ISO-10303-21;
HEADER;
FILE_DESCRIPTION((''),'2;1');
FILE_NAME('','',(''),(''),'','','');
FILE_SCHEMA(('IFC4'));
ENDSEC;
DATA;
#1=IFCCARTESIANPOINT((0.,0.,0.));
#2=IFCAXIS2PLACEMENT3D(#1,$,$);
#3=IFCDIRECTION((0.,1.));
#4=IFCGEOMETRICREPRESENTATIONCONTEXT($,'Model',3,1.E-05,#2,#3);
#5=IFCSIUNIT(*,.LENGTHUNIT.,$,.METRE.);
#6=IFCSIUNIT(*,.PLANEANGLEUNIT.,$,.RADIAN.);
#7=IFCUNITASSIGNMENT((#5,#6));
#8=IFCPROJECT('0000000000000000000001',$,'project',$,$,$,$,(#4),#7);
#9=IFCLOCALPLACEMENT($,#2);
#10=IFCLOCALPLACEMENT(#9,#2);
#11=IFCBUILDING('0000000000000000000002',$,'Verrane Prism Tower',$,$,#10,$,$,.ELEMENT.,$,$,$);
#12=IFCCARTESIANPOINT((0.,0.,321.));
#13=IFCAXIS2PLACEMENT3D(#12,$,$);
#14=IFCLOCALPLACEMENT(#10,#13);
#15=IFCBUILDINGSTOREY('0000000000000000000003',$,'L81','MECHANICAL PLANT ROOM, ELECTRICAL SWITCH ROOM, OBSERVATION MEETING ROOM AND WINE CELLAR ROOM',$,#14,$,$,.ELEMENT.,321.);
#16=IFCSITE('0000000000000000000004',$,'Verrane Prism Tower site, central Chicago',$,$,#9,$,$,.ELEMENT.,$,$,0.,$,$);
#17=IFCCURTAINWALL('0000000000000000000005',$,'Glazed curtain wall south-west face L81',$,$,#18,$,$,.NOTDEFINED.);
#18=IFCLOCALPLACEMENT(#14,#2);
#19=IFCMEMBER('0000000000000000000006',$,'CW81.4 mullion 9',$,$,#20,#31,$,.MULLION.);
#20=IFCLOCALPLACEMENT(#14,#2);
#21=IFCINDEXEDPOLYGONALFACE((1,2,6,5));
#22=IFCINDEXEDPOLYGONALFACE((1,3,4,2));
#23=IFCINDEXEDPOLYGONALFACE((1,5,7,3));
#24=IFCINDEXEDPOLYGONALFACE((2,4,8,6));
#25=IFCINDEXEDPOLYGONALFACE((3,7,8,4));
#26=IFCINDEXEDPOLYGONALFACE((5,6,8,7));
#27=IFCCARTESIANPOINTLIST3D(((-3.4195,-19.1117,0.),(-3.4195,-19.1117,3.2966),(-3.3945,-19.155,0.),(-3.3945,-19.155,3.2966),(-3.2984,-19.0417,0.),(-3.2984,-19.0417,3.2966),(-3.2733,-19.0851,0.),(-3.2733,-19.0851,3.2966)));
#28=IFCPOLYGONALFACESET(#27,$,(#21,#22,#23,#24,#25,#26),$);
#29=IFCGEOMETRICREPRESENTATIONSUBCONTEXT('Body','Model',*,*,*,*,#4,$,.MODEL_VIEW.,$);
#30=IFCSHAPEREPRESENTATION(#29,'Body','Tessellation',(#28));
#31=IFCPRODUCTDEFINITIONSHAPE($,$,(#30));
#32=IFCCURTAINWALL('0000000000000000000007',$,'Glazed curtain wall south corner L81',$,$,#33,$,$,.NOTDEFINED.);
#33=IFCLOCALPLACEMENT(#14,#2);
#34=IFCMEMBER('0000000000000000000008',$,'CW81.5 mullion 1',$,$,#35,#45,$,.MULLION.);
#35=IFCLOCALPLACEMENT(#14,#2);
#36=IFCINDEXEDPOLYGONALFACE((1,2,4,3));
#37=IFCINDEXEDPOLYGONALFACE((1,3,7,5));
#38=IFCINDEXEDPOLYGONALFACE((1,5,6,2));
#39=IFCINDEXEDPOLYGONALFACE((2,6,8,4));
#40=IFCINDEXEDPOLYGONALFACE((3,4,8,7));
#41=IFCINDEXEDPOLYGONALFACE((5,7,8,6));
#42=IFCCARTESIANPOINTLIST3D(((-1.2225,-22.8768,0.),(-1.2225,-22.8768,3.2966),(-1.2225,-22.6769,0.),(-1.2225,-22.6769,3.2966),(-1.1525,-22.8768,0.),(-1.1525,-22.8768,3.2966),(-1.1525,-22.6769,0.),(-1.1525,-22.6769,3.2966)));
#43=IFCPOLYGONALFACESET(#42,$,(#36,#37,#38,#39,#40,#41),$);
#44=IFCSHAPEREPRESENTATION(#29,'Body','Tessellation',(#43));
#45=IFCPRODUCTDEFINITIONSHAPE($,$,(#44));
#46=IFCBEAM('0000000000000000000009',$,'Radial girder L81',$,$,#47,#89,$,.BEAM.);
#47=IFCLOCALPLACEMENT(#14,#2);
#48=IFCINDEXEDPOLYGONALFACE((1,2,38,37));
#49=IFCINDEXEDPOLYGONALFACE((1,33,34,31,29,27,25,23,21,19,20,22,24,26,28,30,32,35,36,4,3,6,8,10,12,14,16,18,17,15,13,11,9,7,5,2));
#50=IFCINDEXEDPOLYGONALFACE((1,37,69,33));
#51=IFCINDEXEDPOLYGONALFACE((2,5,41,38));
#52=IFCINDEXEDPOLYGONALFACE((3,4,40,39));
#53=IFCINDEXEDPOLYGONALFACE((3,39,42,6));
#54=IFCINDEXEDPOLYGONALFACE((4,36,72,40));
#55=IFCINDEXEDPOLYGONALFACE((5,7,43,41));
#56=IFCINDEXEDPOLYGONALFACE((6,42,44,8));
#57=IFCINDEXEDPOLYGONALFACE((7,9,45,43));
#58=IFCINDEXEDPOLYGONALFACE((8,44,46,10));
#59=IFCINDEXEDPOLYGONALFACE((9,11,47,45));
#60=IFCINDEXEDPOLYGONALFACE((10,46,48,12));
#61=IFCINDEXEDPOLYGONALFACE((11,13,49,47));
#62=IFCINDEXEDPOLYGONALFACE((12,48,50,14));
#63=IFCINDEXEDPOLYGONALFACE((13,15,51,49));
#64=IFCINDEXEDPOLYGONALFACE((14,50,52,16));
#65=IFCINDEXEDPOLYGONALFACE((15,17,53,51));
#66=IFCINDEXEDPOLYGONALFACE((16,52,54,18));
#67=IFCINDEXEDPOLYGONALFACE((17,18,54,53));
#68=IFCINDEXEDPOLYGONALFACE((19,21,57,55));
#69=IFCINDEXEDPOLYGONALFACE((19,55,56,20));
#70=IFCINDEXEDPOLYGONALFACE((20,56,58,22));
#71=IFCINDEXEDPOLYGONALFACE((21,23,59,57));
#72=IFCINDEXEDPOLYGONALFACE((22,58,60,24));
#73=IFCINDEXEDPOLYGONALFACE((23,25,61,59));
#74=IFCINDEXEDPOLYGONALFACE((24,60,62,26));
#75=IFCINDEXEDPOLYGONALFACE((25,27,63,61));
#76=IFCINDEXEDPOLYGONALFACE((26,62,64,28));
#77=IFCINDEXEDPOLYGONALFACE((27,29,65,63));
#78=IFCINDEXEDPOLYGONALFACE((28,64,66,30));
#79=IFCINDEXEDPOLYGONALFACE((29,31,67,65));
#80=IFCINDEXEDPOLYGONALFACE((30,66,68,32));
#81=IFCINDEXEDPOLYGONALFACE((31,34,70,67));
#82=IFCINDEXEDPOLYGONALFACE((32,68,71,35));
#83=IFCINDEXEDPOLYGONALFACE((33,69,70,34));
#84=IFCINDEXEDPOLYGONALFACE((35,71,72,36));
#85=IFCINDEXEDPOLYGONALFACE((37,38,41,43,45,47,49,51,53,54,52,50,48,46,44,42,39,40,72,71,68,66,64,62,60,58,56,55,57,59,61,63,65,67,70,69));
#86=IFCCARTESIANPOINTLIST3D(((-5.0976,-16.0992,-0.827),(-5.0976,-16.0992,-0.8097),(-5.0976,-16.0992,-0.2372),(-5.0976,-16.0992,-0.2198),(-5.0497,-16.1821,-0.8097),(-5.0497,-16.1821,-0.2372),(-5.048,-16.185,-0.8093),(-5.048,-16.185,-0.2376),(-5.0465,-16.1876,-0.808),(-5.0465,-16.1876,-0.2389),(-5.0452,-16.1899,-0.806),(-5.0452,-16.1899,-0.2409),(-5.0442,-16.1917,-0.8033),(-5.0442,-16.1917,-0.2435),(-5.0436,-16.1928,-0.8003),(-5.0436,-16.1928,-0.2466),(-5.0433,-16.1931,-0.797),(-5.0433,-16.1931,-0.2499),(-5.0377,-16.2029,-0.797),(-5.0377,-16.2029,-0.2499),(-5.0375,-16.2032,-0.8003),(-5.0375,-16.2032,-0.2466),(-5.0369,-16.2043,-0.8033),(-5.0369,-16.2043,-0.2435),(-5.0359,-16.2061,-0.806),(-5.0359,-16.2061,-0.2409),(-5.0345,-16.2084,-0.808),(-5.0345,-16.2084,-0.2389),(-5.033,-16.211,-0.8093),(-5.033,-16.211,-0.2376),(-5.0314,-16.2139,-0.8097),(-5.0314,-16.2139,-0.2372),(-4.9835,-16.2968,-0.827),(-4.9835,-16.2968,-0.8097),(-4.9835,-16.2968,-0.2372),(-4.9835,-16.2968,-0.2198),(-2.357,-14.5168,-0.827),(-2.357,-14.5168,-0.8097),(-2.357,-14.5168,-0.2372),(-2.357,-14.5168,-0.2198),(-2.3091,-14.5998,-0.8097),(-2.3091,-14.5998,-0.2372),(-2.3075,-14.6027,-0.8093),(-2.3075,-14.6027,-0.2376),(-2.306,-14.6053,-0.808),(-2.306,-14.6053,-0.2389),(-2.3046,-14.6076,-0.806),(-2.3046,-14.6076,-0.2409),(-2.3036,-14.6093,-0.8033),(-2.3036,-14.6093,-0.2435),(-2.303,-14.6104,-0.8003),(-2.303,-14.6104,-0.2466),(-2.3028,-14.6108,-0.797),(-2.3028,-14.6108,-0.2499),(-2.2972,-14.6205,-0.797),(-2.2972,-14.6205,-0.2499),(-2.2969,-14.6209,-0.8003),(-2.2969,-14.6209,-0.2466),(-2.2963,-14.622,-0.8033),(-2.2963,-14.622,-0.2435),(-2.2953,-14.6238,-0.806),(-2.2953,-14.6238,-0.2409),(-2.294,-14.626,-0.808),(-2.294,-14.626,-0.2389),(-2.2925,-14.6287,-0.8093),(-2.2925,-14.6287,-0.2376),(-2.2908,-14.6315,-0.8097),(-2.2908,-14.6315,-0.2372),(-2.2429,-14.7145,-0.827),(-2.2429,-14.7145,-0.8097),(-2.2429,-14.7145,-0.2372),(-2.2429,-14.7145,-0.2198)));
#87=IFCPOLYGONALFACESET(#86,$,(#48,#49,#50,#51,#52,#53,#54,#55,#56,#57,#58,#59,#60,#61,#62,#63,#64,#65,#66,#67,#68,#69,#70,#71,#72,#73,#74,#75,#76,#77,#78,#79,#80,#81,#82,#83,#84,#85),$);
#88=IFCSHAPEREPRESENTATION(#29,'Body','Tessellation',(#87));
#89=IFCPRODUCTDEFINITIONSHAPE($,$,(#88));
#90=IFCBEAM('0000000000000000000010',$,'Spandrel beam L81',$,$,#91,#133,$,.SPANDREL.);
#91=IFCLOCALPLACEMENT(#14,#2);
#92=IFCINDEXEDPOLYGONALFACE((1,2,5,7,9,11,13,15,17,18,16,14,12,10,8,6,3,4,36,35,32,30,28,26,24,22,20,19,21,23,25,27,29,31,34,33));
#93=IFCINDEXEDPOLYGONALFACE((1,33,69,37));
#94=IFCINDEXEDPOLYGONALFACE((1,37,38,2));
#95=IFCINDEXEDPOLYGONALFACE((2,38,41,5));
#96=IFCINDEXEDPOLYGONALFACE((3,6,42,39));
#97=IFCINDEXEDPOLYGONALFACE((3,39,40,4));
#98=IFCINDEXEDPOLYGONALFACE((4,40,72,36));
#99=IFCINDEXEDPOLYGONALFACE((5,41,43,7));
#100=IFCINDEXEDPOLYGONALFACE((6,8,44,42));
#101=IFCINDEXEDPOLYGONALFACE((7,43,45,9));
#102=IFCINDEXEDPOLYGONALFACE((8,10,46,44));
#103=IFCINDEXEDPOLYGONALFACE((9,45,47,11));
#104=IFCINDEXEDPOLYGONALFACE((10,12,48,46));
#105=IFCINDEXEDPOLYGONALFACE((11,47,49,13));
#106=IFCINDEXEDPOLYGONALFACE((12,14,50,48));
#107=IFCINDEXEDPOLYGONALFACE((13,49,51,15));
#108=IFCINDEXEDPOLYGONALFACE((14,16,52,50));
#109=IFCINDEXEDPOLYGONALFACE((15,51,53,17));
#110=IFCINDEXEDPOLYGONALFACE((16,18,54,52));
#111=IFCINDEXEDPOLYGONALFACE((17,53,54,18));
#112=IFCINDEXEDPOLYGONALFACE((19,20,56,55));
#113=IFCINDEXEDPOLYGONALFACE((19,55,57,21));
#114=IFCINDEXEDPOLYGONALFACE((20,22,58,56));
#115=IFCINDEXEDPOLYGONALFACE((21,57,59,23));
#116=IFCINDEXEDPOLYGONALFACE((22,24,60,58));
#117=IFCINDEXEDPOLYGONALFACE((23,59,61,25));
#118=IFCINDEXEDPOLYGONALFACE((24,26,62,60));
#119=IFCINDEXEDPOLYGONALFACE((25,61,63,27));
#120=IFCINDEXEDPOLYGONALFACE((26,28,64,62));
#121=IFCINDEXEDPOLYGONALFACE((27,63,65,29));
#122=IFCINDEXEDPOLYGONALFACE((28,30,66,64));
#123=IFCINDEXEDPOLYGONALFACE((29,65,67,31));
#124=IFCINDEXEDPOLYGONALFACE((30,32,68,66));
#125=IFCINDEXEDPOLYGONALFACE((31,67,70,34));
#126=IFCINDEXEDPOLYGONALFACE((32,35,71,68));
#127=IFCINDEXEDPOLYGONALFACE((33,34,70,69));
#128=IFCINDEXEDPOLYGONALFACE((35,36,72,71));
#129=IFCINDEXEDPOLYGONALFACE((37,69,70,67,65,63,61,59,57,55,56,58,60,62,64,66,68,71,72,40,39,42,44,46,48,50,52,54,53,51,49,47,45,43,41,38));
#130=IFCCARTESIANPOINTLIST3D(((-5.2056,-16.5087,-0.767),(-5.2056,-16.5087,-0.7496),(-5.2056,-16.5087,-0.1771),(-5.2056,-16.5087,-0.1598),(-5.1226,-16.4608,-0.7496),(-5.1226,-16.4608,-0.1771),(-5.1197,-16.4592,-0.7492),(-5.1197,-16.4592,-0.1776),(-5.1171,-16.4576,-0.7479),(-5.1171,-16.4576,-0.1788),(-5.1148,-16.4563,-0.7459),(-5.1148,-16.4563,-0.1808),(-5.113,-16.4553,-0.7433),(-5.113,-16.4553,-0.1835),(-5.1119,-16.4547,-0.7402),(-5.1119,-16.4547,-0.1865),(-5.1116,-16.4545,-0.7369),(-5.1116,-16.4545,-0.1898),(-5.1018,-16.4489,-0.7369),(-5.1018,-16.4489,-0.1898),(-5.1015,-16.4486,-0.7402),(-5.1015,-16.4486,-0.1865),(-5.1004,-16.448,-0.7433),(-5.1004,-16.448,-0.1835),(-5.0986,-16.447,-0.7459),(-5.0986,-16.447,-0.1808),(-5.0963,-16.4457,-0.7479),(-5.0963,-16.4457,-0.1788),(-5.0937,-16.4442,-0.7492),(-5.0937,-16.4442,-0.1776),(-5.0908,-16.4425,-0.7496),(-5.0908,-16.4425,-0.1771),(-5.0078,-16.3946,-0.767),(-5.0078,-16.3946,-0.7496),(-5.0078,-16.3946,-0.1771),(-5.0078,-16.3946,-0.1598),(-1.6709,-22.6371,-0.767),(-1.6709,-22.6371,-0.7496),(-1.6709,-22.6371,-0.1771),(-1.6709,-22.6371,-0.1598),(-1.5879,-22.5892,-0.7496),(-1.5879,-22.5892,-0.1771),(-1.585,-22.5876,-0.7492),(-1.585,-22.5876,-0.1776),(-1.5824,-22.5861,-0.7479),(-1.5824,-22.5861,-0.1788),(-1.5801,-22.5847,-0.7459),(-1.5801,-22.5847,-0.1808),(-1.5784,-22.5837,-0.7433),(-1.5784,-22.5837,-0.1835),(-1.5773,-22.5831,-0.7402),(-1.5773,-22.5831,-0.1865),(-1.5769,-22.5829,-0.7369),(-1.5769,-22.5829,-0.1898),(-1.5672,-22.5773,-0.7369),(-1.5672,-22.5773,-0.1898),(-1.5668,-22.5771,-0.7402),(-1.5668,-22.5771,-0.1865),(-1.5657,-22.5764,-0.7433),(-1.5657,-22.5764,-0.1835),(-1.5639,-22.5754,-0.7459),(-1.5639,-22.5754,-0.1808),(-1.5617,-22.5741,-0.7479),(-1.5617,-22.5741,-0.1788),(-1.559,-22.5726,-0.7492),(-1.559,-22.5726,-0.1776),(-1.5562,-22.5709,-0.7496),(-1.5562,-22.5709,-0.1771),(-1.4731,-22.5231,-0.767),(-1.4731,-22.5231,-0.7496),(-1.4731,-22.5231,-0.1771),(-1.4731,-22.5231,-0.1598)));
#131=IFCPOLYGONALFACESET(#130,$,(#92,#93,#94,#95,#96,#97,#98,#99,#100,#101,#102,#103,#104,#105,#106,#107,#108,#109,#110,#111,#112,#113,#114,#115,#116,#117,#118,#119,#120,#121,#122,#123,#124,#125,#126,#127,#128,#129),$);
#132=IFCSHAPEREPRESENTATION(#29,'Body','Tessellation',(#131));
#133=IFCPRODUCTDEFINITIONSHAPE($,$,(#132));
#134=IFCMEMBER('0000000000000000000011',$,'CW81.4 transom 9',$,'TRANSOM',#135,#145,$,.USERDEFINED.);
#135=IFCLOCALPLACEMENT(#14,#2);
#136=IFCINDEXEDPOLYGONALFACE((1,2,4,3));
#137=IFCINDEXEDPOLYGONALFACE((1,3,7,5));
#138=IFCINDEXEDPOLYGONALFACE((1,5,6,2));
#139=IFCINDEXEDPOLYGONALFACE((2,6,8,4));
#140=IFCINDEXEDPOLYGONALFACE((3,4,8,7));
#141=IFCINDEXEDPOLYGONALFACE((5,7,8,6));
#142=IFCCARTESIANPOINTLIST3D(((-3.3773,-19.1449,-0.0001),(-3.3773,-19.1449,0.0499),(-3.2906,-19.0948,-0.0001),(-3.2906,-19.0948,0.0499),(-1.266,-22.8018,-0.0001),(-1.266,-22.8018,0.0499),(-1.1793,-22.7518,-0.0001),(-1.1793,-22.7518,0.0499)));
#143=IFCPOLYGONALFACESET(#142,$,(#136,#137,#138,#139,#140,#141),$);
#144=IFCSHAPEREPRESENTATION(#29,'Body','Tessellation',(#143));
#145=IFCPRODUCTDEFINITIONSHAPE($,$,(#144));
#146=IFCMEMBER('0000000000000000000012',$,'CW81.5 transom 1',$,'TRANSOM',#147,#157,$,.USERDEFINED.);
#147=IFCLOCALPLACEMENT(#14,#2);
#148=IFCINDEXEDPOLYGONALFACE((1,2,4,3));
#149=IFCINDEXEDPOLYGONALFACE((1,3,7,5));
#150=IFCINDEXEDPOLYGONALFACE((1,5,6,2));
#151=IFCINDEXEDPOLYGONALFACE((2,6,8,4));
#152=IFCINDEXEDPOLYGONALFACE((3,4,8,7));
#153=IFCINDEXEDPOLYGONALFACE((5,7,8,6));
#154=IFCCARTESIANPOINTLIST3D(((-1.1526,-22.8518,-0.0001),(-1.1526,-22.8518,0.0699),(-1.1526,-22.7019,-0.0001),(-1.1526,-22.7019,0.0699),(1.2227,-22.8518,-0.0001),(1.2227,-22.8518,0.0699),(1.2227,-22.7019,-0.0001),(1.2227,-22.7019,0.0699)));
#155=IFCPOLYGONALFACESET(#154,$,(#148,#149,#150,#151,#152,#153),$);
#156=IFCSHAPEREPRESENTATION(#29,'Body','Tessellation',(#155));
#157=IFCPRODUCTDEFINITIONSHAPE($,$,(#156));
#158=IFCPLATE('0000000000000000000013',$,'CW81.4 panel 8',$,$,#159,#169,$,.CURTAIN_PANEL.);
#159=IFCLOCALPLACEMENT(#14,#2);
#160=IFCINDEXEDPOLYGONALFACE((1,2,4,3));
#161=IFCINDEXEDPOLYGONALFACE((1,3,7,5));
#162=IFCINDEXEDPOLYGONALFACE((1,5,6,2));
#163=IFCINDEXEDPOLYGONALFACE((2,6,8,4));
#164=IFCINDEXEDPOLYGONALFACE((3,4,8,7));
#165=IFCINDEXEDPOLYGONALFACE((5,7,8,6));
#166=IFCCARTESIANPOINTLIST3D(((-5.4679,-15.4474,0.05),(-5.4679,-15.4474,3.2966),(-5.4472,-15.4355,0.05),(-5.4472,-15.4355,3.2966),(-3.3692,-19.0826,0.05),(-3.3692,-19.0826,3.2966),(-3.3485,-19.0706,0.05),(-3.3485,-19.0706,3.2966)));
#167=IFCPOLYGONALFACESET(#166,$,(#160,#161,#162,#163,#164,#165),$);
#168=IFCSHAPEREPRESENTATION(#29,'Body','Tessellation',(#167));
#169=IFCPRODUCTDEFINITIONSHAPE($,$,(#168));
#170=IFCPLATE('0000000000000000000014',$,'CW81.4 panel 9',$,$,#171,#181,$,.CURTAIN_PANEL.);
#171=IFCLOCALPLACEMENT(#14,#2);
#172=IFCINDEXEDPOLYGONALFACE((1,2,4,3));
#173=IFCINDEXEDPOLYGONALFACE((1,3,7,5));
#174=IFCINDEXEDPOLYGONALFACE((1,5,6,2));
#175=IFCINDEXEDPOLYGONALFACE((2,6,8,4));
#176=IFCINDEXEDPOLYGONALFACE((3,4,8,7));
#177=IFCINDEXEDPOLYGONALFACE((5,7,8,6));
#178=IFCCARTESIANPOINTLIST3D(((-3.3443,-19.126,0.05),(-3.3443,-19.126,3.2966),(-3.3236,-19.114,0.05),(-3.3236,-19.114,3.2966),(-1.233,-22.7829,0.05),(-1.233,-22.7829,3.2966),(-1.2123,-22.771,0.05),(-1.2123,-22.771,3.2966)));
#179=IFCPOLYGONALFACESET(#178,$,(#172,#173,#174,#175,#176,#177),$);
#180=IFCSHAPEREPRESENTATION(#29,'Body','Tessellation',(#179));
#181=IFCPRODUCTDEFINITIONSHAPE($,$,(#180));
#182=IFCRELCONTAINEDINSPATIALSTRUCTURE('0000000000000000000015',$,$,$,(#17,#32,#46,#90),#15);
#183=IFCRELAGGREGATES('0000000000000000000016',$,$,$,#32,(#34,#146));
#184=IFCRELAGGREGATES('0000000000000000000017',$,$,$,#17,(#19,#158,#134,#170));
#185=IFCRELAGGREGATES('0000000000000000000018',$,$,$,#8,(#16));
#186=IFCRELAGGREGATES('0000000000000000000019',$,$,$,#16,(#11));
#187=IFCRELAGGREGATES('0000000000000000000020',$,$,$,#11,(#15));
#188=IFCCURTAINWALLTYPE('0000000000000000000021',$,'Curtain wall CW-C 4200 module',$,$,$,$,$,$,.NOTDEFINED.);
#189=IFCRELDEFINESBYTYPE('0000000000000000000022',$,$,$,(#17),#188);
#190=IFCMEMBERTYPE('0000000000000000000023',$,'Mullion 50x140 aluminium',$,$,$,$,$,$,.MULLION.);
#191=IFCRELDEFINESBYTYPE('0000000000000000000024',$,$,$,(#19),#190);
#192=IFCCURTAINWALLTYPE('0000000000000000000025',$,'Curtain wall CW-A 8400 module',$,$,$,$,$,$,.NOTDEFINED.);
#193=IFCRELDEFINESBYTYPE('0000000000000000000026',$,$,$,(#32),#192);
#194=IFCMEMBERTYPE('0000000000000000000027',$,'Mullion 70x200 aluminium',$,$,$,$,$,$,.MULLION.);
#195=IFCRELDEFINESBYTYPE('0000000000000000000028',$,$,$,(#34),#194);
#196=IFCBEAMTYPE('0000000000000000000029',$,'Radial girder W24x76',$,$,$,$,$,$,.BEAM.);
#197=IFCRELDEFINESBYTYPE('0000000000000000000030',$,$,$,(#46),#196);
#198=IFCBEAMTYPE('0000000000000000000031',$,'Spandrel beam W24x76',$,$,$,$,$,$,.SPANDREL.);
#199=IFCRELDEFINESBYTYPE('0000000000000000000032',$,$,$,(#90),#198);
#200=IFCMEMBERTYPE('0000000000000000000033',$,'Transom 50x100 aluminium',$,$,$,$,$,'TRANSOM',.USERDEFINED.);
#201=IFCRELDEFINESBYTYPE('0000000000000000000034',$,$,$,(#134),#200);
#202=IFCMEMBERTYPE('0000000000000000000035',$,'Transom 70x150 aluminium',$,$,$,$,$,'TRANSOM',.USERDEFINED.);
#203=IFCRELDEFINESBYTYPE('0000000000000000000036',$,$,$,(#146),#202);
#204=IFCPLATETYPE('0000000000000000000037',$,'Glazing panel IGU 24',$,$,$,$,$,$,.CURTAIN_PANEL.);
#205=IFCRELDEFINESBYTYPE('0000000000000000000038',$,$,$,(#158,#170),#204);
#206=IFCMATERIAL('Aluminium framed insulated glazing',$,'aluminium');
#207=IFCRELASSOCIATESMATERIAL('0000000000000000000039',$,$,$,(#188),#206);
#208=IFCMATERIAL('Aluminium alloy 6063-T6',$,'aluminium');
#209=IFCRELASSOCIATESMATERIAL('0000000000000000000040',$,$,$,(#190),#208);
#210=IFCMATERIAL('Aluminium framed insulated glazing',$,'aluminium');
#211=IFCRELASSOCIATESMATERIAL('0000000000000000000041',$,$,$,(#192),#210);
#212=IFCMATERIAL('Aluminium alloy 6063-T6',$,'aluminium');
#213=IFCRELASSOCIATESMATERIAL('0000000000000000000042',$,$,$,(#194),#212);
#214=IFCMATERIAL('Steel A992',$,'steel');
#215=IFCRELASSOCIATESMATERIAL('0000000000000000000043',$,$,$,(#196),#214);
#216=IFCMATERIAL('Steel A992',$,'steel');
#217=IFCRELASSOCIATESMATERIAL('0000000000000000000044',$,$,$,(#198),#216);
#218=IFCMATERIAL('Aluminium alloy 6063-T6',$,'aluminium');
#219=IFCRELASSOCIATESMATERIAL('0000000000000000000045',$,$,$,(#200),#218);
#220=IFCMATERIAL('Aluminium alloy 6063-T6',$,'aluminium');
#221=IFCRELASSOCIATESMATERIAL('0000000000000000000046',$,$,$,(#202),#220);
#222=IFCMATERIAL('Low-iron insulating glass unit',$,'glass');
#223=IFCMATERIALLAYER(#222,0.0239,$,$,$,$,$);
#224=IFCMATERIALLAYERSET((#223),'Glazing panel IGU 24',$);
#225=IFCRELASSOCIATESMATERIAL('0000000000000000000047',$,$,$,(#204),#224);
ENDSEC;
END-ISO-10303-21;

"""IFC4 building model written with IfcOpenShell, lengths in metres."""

from ifc_helpers import new_model, si_unit, direction, frame, origin, origin_2d, place, context, subcontext, project, spatial, rectangle, i_section, extrude, material, layer, layer_set, material_profile, profile_set, type_object, element, aggregate, save


model = new_model("IFC4")

# Units and contexts
model_context = context("Model", 3, precision=1e-05, world=origin(), true_north=direction((0.0, 1.0)))
body_context = subcontext(model_context, "Body", "Model", "MODEL_VIEW")
ifc_project = project(units=[si_unit("LENGTHUNIT", "METRE"), si_unit("PLANEANGLEUNIT", "RADIAN")], contexts=[model_context])

# Site, building, storey
site_placement = place(None, origin())
site = spatial("IfcSite", under=ifc_project, at=site_placement, Name="Verrane Prism Tower site, central Chicago", CompositionType="ELEMENT", RefElevation=0.0)
building_placement = place(site_placement, origin())
building = spatial("IfcBuilding", under=site, at=building_placement, Name="Verrane Prism Tower", CompositionType="ELEMENT")
storey_placement = place(building_placement, frame((0.0, 0.0, 321.0)))
storey = spatial("IfcBuildingStorey", under=building, at=storey_placement, Name="L81", Description="MECHANICAL PLANT ROOM, ELECTRICAL SWITCH ROOM, OBSERVATION MEETING ROOM AND WINE CELLAR ROOM", CompositionType="ELEMENT", Elevation=321.0)

# Curtain walls, members
ifc_material_1 = material(Name="Aluminium framed insulated glazing", Category="aluminium")
curtain_wall_type_1 = type_object("IfcCurtainWallType", Name="Curtain wall CW-C 4200 module", PredefinedType="NOTDEFINED", material=ifc_material_1)
curtain_wall_1_placement = place(storey_placement, origin())
curtain_wall_1 = element("IfcCurtainWall", 1, at=curtain_wall_1_placement, inside=storey, type_object=curtain_wall_type_1, Name="Glazed curtain wall south-west face L81", PredefinedType="NOTDEFINED")
ifc_material_2 = material(Name="Aluminium alloy 6063-T6", Category="aluminium")
ifc_material_profile_1 = material_profile(ifc_material_2, rectangle(XDim=0.1399, YDim=0.05, at=origin_2d()), Name="Mullion 50x140 aluminium")
ifc_profile_set_1 = profile_set([ifc_material_profile_1], Name="Aluminium alloy 6063-T6")
member_type_1 = type_object("IfcMemberType", Name="Mullion 50x140 aluminium", PredefinedType="MULLION", material=ifc_profile_set_1)
member_1_placement = place(storey_placement, frame((-3.3464, -19.0984, 0.0), z_axis=(0.0, 0.0, 1.0), x_axis=(0.866025, 0.5, 0.0)))
member_1 = element("IfcMember", 2, at=member_1_placement, type_object=member_type_1, Name="CW81.4 mullion 9", PredefinedType="MULLION", context=body_context, shape_type="SweptSolid", body=[
    extrude(rectangle(XDim=0.1399, YDim=0.05, at=origin_2d()), origin(), (0.0, 0.0, 1.0), 3.2966),
])
ifc_material_3 = material(Name="Aluminium framed insulated glazing", Category="aluminium")
curtain_wall_type_2 = type_object("IfcCurtainWallType", Name="Curtain wall CW-A 8400 module", PredefinedType="NOTDEFINED", material=ifc_material_3)
curtain_wall_2_placement = place(storey_placement, origin())
curtain_wall_2 = element("IfcCurtainWall", 3, at=curtain_wall_2_placement, inside=storey, type_object=curtain_wall_type_2, Name="Glazed curtain wall south corner L81", PredefinedType="NOTDEFINED")
ifc_material_4 = material(Name="Aluminium alloy 6063-T6", Category="aluminium")
ifc_material_profile_2 = material_profile(ifc_material_4, rectangle(XDim=0.2, YDim=0.0701, at=origin_2d()), Name="Mullion 70x200 aluminium")
ifc_profile_set_2 = profile_set([ifc_material_profile_2], Name="Aluminium alloy 6063-T6")
member_type_2 = type_object("IfcMemberType", Name="Mullion 70x200 aluminium", PredefinedType="MULLION", material=ifc_profile_set_2)
member_2_placement = place(storey_placement, frame((-1.1875, -22.7769, 0.0), z_axis=(0.0, 0.0, 1.0), x_axis=(0.0, 1.0, 0.0)))
member_2 = element("IfcMember", 4, at=member_2_placement, type_object=member_type_2, Name="CW81.5 mullion 1", PredefinedType="MULLION", context=body_context, shape_type="SweptSolid", body=[
    extrude(rectangle(XDim=0.2, YDim=0.0701, at=origin_2d()), origin(), (0.0, 0.0, 1.0), 3.2966),
])

# Beams
ifc_material_5 = material(Name="Steel A992", Category="steel")
ifc_material_profile_3 = material_profile(ifc_material_5, i_section(OverallWidth=0.2283, OverallDepth=0.6072, WebThickness=0.0112, FlangeThickness=0.0173, FilletRadius=0.0127, at=origin_2d()), Name="W24x76")
ifc_profile_set_3 = profile_set([ifc_material_profile_3], Name="Steel A992")
beam_type_1 = type_object("IfcBeamType", Name="Radial girder W24x76", PredefinedType="BEAM", material=ifc_profile_set_3)
beam_1_placement = place(storey_placement, frame((-5.0405, -16.198, -0.5234), z_axis=(0.866017, 0.500014, 0.0), x_axis=(-0.500014, 0.866017, 0.0)))
element("IfcBeam", 5, at=beam_1_placement, inside=storey, type_object=beam_type_1, Name="Radial girder L81", PredefinedType="BEAM", context=body_context, shape_type="SweptSolid", body=[
    extrude(i_section(OverallWidth=0.2283, OverallDepth=0.6072, WebThickness=0.0112, FlangeThickness=0.0173, FilletRadius=0.0127, at=origin_2d()), origin(), (0.0, 0.0, 1.0), 3.1646),
])
ifc_material_6 = material(Name="Steel A992", Category="steel")
ifc_material_profile_4 = material_profile(ifc_material_6, i_section(OverallWidth=0.2283, OverallDepth=0.6072, WebThickness=0.0112, FlangeThickness=0.0173, FilletRadius=0.0127, at=origin_2d()), Name="W24x76")
ifc_profile_set_4 = profile_set([ifc_material_profile_4], Name="Steel A992")
beam_type_2 = type_object("IfcBeamType", Name="Spandrel beam W24x76", PredefinedType="SPANDREL", material=ifc_profile_set_4)
beam_2_placement = place(storey_placement, frame((-5.1067, -16.4517, -0.4634), z_axis=(0.499621, -0.866244, 0.0), x_axis=(0.866244, 0.499621, 0.0)))
element("IfcBeam", 6, at=beam_2_placement, inside=storey, type_object=beam_type_2, Name="Spandrel beam L81", PredefinedType="SPANDREL", context=body_context, shape_type="SweptSolid", body=[
    extrude(i_section(OverallWidth=0.2283, OverallDepth=0.6072, WebThickness=0.0112, FlangeThickness=0.0173, FilletRadius=0.0127, at=origin_2d()), origin(), (0.0, 0.0, 1.0), 7.0747),
])

# Members
ifc_material_7 = material(Name="Aluminium alloy 6063-T6", Category="aluminium")
ifc_material_profile_5 = material_profile(ifc_material_7, rectangle(XDim=0.1001, YDim=0.05, at=origin_2d()), Name="Transom 50x100 aluminium")
ifc_profile_set_5 = profile_set([ifc_material_profile_5], Name="Aluminium alloy 6063-T6")
member_type_3 = type_object("IfcMemberType", Name="Transom 50x100 aluminium", ElementType="TRANSOM", PredefinedType="USERDEFINED", material=ifc_profile_set_5)
member_3_placement = place(storey_placement, frame((-3.334, -19.1199, 0.0249), z_axis=(0.499994, -0.866029, 0.0), x_axis=(0.866029, 0.499994, 0.0)))
member_3 = element("IfcMember", 7, at=member_3_placement, type_object=member_type_3, Name="CW81.4 transom 9", ObjectType="TRANSOM", PredefinedType="USERDEFINED", context=body_context, shape_type="SweptSolid", body=[
    extrude(rectangle(XDim=0.1001, YDim=0.05, at=origin_2d()), origin(), (0.0, 0.0, 1.0), 4.2227),
])
ifc_material_8 = material(Name="Aluminium alloy 6063-T6", Category="aluminium")
ifc_material_profile_6 = material_profile(ifc_material_8, rectangle(XDim=0.1499, YDim=0.0701, at=origin_2d()), Name="Transom 70x150 aluminium")
ifc_profile_set_6 = profile_set([ifc_material_profile_6], Name="Aluminium alloy 6063-T6")
member_type_4 = type_object("IfcMemberType", Name="Transom 70x150 aluminium", ElementType="TRANSOM", PredefinedType="USERDEFINED", material=ifc_profile_set_6)
member_4_placement = place(storey_placement, frame((-1.1526, -22.7769, 0.0349), z_axis=(1.0, 0.0, 0.0), x_axis=(0.0, 1.0, 0.0)))
member_4 = element("IfcMember", 8, at=member_4_placement, type_object=member_type_4, Name="CW81.5 transom 1", ObjectType="TRANSOM", PredefinedType="USERDEFINED", context=body_context, shape_type="SweptSolid", body=[
    extrude(rectangle(XDim=0.1499, YDim=0.0701, at=origin_2d()), origin(), (0.0, 0.0, 1.0), 2.3752),
])
aggregate(curtain_wall_2, [member_2, member_4])

# Plates
ifc_material_9 = material(Name="Low-iron insulating glass unit", Category="glass")
ifc_layer_1 = layer(ifc_material_9, 0.0239)
ifc_layer_set_1 = layer_set([ifc_layer_1], Name="Glazing panel IGU 24")
plate_type = type_object("IfcPlateType", Name="Glazing panel IGU 24", PredefinedType="CURTAIN_PANEL", material=ifc_layer_set_1)
plate_1_placement = place(storey_placement, frame((-4.4082, -17.259, 0.05), z_axis=(0.0, 0.0, 1.0), x_axis=(0.5, -0.866025, 0.0)))
plate_1 = element("IfcPlate", 9, at=plate_1_placement, type_object=plate_type, Name="CW81.4 panel 8", PredefinedType="CURTAIN_PANEL", context=body_context, shape_type="SweptSolid", body=[
    extrude(rectangle(XDim=4.1975, YDim=0.0239, at=origin_2d()), origin(), (0.0, 0.0, 1.0), 3.2466),
])
plate_2_placement = place(storey_placement, frame((-2.2783, -20.9485, 0.05), z_axis=(0.0, 0.0, 1.0), x_axis=(0.5, -0.866025, 0.0)))
plate_2 = element("IfcPlate", 10, at=plate_2_placement, type_object=plate_type, Name="CW81.4 panel 9", PredefinedType="CURTAIN_PANEL", context=body_context, shape_type="SweptSolid", body=[
    extrude(rectangle(XDim=4.2227, YDim=0.0239, at=origin_2d()), origin(), (0.0, 0.0, 1.0), 3.2466),
])
aggregate(curtain_wall_1, [member_1, plate_1, member_3, plate_2])

save(model, "model.ifc")
